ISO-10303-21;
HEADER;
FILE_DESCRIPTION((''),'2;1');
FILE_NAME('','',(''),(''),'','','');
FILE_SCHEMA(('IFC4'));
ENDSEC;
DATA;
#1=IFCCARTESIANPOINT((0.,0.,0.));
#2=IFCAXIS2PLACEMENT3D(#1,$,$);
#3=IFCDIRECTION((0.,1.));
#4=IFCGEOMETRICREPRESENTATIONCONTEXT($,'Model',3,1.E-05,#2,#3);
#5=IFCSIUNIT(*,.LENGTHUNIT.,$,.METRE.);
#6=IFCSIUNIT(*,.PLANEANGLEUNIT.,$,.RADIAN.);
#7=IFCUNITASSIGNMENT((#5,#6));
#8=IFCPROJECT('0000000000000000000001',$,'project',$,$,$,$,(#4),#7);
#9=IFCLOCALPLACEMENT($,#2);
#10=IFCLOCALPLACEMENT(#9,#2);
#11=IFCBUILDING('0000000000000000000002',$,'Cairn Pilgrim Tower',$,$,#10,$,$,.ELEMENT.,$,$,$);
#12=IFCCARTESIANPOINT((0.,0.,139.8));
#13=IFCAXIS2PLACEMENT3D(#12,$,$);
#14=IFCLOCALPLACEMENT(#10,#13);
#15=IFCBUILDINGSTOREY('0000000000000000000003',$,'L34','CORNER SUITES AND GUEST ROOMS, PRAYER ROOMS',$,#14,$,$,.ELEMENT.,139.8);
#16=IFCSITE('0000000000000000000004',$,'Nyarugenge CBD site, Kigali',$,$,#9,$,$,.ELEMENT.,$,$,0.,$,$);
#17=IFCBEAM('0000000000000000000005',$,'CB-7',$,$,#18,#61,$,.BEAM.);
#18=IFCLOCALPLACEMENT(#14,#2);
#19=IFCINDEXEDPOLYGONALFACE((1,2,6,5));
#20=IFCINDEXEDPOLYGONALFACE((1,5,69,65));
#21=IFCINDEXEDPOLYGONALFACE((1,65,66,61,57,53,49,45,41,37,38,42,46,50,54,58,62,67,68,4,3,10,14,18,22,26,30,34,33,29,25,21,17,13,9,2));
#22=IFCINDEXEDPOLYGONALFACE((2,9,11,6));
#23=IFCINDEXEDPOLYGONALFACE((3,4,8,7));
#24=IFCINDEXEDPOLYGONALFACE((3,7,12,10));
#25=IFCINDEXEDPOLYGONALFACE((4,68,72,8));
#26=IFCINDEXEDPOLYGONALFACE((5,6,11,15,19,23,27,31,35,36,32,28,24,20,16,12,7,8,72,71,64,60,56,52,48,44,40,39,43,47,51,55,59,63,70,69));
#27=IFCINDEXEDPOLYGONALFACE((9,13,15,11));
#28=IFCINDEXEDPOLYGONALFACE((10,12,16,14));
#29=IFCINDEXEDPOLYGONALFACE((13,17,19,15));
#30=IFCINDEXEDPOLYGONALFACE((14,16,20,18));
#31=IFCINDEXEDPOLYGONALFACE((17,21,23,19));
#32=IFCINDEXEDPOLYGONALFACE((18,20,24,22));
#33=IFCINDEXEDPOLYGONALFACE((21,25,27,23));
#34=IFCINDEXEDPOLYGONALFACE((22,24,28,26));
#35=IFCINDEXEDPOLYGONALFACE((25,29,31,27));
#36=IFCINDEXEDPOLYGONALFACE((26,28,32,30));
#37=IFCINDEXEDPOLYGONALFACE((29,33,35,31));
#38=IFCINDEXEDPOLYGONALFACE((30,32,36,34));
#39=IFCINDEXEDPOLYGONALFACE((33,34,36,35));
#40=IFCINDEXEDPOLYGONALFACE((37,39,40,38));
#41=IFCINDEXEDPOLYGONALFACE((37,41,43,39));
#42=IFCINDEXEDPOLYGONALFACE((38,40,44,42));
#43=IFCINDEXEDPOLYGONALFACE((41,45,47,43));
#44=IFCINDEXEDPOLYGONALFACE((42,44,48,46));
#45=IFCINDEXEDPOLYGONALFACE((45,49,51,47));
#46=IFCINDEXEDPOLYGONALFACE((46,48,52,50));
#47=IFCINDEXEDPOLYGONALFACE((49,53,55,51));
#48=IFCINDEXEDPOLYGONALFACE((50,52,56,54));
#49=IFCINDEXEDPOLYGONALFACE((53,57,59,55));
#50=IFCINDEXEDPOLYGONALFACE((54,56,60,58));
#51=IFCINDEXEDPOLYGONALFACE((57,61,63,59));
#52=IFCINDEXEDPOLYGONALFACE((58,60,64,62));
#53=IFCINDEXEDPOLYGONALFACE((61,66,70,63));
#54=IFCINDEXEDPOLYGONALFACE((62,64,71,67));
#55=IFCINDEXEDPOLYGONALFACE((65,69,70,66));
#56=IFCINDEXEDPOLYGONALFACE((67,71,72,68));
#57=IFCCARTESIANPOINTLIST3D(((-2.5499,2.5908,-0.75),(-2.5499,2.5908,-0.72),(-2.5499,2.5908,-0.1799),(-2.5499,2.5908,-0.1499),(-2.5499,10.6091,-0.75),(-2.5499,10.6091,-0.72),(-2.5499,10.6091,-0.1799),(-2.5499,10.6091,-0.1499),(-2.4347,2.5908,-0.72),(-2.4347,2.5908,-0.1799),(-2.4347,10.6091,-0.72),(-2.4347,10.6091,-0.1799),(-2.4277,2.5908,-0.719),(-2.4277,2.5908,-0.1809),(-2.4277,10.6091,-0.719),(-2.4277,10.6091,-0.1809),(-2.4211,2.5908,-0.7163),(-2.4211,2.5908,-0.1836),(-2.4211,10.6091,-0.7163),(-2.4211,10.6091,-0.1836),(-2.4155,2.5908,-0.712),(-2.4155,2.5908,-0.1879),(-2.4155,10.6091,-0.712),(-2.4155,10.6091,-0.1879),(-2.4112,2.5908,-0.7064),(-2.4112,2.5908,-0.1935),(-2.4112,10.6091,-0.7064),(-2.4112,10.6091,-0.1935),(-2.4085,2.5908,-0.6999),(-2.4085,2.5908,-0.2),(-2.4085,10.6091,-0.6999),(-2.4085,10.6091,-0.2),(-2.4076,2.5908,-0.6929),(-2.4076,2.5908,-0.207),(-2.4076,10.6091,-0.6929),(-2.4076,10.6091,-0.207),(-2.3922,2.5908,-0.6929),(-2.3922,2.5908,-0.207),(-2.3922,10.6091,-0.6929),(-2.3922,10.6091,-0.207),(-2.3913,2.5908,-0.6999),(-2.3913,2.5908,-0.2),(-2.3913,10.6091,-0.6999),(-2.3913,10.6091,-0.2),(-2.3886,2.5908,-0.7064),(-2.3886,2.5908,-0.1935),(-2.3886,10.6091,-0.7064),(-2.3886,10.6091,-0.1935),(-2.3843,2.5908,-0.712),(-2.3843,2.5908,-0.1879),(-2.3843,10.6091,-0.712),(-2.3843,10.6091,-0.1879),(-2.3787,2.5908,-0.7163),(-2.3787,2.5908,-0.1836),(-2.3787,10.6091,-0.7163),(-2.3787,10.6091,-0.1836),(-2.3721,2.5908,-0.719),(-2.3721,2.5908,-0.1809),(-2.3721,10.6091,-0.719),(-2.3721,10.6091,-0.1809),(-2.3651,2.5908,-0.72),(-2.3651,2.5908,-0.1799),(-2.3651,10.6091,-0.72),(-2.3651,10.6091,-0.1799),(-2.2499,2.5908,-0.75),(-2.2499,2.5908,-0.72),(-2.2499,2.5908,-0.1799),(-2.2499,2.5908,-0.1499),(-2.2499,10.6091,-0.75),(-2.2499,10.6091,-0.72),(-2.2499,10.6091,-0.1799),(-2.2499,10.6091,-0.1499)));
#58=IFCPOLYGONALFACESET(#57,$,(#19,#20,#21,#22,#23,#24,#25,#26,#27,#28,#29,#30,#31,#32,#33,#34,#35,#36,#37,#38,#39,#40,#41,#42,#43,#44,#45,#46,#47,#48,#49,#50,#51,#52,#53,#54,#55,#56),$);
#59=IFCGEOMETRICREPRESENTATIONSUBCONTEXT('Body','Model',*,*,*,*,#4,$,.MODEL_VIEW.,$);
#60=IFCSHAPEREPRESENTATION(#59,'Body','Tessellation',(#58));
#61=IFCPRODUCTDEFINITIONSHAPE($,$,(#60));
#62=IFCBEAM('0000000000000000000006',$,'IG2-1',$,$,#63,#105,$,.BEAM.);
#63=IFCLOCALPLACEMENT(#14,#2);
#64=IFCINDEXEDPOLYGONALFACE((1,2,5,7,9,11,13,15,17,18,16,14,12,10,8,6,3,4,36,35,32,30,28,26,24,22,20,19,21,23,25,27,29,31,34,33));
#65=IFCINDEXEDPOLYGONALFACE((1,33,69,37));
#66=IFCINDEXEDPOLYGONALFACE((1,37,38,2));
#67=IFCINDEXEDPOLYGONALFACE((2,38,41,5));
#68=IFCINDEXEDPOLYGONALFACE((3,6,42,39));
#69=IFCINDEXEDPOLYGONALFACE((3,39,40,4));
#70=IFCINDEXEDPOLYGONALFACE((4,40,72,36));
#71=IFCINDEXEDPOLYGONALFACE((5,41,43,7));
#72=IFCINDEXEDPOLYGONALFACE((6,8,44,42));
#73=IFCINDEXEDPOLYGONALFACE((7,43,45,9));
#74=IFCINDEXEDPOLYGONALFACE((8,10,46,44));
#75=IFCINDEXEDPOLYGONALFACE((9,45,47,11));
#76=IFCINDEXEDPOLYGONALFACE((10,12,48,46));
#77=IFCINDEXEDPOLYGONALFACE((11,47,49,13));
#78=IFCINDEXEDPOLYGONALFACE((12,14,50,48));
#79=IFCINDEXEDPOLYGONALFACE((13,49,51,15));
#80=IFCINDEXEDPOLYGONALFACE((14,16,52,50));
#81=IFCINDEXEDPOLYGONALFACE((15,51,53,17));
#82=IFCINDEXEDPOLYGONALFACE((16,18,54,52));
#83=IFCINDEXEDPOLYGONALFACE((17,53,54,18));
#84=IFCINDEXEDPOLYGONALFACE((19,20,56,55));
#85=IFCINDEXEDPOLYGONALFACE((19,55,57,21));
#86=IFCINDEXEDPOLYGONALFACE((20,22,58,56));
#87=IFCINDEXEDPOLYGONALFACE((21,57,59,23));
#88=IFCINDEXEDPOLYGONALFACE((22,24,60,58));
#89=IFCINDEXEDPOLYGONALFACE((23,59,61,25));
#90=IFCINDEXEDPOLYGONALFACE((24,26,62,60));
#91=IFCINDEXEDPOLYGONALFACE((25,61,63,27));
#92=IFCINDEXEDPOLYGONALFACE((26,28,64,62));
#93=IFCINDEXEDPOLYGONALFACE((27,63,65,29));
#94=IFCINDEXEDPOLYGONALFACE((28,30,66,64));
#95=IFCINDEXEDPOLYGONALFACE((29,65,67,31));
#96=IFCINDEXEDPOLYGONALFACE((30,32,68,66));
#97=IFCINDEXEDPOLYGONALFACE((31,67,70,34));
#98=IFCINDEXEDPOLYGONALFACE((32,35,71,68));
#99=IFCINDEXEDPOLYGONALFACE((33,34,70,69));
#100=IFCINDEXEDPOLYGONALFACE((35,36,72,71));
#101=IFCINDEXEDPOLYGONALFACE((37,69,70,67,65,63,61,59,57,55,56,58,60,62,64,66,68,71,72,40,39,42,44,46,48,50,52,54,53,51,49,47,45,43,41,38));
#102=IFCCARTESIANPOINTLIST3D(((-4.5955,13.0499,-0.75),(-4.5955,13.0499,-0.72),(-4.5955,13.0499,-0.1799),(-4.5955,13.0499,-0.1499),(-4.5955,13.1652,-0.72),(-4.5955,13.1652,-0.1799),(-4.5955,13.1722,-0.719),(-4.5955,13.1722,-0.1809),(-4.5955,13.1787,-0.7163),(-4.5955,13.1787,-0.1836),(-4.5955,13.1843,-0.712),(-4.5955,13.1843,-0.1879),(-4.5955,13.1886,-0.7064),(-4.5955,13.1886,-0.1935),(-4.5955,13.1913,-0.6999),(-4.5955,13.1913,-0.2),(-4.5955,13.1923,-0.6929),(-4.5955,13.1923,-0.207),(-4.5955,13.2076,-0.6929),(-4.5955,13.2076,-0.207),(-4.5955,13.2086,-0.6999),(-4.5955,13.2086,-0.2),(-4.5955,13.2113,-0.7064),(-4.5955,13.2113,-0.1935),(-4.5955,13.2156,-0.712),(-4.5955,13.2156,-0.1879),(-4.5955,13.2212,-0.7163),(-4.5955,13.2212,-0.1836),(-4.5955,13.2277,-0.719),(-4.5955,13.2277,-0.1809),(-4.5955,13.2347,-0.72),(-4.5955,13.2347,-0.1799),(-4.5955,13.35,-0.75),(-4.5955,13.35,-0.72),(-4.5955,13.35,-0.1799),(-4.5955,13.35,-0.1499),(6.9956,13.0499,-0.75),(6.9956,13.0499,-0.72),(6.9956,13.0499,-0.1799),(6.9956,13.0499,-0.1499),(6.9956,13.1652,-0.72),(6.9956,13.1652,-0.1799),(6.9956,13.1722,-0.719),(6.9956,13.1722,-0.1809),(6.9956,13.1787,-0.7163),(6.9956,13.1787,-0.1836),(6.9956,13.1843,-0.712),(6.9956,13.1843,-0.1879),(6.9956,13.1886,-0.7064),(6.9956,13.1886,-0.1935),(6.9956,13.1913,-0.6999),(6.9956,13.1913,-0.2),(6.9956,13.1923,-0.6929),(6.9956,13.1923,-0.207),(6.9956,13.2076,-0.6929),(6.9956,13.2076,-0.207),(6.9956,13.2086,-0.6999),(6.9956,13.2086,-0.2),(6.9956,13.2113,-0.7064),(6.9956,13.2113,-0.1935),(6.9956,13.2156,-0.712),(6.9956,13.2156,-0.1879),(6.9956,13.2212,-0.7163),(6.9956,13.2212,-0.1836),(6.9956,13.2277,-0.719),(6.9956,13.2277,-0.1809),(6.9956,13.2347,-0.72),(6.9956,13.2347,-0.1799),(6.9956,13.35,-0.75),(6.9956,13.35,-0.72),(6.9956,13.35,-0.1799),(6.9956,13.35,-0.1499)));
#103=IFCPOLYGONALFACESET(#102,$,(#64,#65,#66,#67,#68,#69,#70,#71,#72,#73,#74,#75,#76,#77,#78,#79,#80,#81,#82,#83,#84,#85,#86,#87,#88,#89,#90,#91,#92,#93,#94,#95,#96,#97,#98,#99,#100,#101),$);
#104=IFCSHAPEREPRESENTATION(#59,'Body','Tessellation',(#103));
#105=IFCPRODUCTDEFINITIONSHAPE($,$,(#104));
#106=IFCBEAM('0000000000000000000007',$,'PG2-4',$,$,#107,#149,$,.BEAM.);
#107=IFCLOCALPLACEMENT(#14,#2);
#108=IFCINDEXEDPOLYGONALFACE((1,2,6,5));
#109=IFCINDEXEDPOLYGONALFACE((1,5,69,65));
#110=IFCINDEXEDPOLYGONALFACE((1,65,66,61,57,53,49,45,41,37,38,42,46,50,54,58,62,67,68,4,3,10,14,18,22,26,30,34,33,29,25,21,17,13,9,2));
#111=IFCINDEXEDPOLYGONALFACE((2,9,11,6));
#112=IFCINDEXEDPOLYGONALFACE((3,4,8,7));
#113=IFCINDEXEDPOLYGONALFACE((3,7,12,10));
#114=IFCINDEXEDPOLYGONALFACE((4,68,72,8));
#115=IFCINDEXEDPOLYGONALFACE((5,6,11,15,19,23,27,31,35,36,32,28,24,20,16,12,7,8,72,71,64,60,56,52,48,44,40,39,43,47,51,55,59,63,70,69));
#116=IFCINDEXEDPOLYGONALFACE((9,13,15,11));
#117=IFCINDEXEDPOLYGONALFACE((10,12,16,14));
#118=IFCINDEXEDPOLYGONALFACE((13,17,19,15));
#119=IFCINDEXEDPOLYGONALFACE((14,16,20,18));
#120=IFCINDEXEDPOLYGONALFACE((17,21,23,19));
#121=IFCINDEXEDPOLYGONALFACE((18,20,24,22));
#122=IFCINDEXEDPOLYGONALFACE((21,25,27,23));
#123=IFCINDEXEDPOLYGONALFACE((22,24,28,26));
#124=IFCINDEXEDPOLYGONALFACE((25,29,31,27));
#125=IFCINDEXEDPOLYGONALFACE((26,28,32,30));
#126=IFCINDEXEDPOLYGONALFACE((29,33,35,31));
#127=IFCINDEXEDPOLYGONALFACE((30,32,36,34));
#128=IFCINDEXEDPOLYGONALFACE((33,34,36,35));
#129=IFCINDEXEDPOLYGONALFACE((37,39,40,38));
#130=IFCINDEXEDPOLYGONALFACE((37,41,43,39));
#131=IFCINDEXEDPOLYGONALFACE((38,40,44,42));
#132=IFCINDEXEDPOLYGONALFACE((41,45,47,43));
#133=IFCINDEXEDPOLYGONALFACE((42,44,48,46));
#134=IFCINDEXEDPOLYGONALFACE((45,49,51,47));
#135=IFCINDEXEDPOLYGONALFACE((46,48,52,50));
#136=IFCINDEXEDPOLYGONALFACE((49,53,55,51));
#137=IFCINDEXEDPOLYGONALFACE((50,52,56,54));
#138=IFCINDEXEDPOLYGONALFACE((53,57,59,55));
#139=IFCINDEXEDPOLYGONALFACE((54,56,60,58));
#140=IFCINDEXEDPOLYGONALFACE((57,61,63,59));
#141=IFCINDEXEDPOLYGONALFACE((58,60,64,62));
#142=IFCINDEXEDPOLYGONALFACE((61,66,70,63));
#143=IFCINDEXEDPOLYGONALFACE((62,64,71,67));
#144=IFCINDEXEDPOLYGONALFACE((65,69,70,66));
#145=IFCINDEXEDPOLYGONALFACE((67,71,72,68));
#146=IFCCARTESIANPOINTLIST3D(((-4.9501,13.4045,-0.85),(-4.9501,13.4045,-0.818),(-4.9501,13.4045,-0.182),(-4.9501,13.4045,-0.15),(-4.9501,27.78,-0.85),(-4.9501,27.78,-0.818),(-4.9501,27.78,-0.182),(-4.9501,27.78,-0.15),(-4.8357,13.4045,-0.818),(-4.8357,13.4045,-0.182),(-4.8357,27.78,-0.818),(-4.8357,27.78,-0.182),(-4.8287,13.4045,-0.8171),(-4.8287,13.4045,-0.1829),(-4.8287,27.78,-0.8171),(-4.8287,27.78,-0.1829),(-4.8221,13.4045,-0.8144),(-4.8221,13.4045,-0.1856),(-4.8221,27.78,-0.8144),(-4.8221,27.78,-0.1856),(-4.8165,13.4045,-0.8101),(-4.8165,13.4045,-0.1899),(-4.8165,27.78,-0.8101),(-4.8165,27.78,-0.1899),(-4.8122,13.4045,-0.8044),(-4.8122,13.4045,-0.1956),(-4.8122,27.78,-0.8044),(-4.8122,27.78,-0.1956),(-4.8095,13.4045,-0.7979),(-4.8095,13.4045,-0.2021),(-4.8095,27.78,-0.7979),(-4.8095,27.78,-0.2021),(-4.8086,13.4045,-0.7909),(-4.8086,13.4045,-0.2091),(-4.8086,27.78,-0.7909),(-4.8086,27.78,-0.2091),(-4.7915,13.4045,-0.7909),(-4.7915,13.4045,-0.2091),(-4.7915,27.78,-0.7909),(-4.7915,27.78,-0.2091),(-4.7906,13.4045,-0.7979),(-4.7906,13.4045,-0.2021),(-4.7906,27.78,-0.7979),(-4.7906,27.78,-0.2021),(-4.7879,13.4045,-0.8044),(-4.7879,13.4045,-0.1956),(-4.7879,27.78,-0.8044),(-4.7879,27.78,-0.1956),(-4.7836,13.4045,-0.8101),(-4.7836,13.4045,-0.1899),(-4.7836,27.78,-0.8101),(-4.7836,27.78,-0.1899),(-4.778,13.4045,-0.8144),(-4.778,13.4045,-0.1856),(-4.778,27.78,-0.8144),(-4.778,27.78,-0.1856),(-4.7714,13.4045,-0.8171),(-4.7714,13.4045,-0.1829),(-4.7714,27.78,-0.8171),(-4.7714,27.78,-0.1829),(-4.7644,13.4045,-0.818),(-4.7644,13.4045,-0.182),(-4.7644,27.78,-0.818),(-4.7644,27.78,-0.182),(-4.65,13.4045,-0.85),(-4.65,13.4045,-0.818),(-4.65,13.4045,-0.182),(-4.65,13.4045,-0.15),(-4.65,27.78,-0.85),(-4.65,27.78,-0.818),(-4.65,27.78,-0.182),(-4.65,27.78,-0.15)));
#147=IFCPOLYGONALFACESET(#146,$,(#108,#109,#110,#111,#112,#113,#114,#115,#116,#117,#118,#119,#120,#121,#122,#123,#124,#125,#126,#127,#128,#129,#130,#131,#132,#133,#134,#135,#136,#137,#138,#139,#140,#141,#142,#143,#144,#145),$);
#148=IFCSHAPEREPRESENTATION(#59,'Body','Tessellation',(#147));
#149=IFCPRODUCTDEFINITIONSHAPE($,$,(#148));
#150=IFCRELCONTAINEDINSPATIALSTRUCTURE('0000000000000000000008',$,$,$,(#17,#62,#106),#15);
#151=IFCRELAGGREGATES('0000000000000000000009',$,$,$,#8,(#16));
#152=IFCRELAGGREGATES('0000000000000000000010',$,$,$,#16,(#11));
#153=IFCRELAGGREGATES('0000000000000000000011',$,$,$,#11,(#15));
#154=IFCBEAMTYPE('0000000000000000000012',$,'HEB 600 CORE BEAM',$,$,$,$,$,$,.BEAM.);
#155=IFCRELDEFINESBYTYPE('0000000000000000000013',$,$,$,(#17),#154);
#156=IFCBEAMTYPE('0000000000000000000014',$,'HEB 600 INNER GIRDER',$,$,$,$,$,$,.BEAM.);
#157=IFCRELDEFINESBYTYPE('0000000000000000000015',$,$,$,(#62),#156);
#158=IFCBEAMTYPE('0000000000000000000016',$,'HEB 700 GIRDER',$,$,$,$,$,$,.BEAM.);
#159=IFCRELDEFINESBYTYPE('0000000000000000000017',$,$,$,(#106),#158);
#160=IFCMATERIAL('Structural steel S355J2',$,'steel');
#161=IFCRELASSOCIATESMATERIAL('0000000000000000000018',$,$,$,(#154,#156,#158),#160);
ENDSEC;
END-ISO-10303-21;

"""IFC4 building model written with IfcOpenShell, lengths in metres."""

from ifc_helpers import new_model, si_unit, direction, frame, origin, origin_2d, place, context, subcontext, project, spatial, i_section, extrude, material, material_profile, profile_set, type_object, element, save


model = new_model("IFC4")

# Units and contexts
model_context = context("Model", 3, precision=1e-05, world=origin(), true_north=direction((0.0, 1.0)))
body_context = subcontext(model_context, "Body", "Model", "MODEL_VIEW")
ifc_project = project(units=[si_unit("LENGTHUNIT", "METRE"), si_unit("PLANEANGLEUNIT", "RADIAN")], contexts=[model_context])

# Site, building, storey
site_placement = place(None, origin())
site = spatial("IfcSite", under=ifc_project, at=site_placement, Name="Nyarugenge CBD site, Kigali", CompositionType="ELEMENT", RefElevation=0.0)
building_placement = place(site_placement, origin())
building = spatial("IfcBuilding", under=site, at=building_placement, Name="Cairn Pilgrim Tower", CompositionType="ELEMENT")
storey_placement = place(building_placement, frame((0.0, 0.0, 139.8)))
storey = spatial("IfcBuildingStorey", under=building, at=storey_placement, Name="L34", Description="CORNER SUITES AND GUEST ROOMS, PRAYER ROOMS", CompositionType="ELEMENT", Elevation=139.8)

# Beams
ifc_material_1 = material(Name="Structural steel S355J2", Category="steel")
ifc_material_profile_1 = material_profile(ifc_material_1, i_section(OverallWidth=0.3, OverallDepth=0.6001, WebThickness=0.0154, FlangeThickness=0.03, FilletRadius=0.0271, at=origin_2d()), Name="HEB 600")
ifc_profile_set_1 = profile_set([ifc_material_profile_1], Name="Structural steel S355J2")
beam_type_1 = type_object("IfcBeamType", Name="HEB 600 CORE BEAM", PredefinedType="BEAM", material=ifc_profile_set_1)
beam_1_placement = place(storey_placement, frame((-2.3999, 10.6091, -0.45), z_axis=(0.0, -1.0, 0.0), x_axis=(1.0, 0.0, 0.0)))
element("IfcBeam", 1, at=beam_1_placement, inside=storey, type_object=beam_type_1, Name="CB-7", PredefinedType="BEAM", context=body_context, shape_type="SweptSolid", body=[
    extrude(i_section(OverallWidth=0.3, OverallDepth=0.6001, WebThickness=0.0154, FlangeThickness=0.03, FilletRadius=0.0271, at=origin_2d()), origin(), (0.0, 0.0, 1.0), 8.0183),
])
ifc_material_profile_2 = material_profile(ifc_material_1, i_section(OverallWidth=0.3, OverallDepth=0.6001, WebThickness=0.0154, FlangeThickness=0.03, FilletRadius=0.0271, at=origin_2d()), Name="HEB 600")
ifc_profile_set_2 = profile_set([ifc_material_profile_2], Name="Structural steel S355J2")
beam_type_2 = type_object("IfcBeamType", Name="HEB 600 INNER GIRDER", PredefinedType="BEAM", material=ifc_profile_set_2)
beam_2_placement = place(storey_placement, frame((-4.5955, 13.2, -0.45), z_axis=(1.0, 0.0, 0.0), x_axis=(0.0, 1.0, 0.0)))
element("IfcBeam", 2, at=beam_2_placement, inside=storey, type_object=beam_type_2, Name="IG2-1", PredefinedType="BEAM", context=body_context, shape_type="SweptSolid", body=[
    extrude(i_section(OverallWidth=0.3, OverallDepth=0.6001, WebThickness=0.0154, FlangeThickness=0.03, FilletRadius=0.0271, at=origin_2d()), origin(), (0.0, 0.0, 1.0), 11.5911),
])
ifc_material_profile_3 = material_profile(ifc_material_1, i_section(OverallWidth=0.3, OverallDepth=0.7, WebThickness=0.0171, FlangeThickness=0.032, FilletRadius=0.0271, at=origin_2d()), Name="HEB 700")
ifc_profile_set_3 = profile_set([ifc_material_profile_3], Name="Structural steel S355J2")
beam_type_3 = type_object("IfcBeamType", Name="HEB 700 GIRDER", PredefinedType="BEAM", material=ifc_profile_set_3)
beam_3_placement = place(storey_placement, frame((-4.8, 13.4045, -0.5), z_axis=(0.0, 1.0, 0.0), x_axis=(-1.0, 0.0, 0.0)))
element("IfcBeam", 3, at=beam_3_placement, inside=storey, type_object=beam_type_3, Name="PG2-4", PredefinedType="BEAM", context=body_context, shape_type="SweptSolid", body=[
    extrude(i_section(OverallWidth=0.3, OverallDepth=0.7, WebThickness=0.0171, FlangeThickness=0.032, FilletRadius=0.0271, at=origin_2d()), origin(), (0.0, 0.0, 1.0), 14.3755),
])

save(model, "model.ifc")
